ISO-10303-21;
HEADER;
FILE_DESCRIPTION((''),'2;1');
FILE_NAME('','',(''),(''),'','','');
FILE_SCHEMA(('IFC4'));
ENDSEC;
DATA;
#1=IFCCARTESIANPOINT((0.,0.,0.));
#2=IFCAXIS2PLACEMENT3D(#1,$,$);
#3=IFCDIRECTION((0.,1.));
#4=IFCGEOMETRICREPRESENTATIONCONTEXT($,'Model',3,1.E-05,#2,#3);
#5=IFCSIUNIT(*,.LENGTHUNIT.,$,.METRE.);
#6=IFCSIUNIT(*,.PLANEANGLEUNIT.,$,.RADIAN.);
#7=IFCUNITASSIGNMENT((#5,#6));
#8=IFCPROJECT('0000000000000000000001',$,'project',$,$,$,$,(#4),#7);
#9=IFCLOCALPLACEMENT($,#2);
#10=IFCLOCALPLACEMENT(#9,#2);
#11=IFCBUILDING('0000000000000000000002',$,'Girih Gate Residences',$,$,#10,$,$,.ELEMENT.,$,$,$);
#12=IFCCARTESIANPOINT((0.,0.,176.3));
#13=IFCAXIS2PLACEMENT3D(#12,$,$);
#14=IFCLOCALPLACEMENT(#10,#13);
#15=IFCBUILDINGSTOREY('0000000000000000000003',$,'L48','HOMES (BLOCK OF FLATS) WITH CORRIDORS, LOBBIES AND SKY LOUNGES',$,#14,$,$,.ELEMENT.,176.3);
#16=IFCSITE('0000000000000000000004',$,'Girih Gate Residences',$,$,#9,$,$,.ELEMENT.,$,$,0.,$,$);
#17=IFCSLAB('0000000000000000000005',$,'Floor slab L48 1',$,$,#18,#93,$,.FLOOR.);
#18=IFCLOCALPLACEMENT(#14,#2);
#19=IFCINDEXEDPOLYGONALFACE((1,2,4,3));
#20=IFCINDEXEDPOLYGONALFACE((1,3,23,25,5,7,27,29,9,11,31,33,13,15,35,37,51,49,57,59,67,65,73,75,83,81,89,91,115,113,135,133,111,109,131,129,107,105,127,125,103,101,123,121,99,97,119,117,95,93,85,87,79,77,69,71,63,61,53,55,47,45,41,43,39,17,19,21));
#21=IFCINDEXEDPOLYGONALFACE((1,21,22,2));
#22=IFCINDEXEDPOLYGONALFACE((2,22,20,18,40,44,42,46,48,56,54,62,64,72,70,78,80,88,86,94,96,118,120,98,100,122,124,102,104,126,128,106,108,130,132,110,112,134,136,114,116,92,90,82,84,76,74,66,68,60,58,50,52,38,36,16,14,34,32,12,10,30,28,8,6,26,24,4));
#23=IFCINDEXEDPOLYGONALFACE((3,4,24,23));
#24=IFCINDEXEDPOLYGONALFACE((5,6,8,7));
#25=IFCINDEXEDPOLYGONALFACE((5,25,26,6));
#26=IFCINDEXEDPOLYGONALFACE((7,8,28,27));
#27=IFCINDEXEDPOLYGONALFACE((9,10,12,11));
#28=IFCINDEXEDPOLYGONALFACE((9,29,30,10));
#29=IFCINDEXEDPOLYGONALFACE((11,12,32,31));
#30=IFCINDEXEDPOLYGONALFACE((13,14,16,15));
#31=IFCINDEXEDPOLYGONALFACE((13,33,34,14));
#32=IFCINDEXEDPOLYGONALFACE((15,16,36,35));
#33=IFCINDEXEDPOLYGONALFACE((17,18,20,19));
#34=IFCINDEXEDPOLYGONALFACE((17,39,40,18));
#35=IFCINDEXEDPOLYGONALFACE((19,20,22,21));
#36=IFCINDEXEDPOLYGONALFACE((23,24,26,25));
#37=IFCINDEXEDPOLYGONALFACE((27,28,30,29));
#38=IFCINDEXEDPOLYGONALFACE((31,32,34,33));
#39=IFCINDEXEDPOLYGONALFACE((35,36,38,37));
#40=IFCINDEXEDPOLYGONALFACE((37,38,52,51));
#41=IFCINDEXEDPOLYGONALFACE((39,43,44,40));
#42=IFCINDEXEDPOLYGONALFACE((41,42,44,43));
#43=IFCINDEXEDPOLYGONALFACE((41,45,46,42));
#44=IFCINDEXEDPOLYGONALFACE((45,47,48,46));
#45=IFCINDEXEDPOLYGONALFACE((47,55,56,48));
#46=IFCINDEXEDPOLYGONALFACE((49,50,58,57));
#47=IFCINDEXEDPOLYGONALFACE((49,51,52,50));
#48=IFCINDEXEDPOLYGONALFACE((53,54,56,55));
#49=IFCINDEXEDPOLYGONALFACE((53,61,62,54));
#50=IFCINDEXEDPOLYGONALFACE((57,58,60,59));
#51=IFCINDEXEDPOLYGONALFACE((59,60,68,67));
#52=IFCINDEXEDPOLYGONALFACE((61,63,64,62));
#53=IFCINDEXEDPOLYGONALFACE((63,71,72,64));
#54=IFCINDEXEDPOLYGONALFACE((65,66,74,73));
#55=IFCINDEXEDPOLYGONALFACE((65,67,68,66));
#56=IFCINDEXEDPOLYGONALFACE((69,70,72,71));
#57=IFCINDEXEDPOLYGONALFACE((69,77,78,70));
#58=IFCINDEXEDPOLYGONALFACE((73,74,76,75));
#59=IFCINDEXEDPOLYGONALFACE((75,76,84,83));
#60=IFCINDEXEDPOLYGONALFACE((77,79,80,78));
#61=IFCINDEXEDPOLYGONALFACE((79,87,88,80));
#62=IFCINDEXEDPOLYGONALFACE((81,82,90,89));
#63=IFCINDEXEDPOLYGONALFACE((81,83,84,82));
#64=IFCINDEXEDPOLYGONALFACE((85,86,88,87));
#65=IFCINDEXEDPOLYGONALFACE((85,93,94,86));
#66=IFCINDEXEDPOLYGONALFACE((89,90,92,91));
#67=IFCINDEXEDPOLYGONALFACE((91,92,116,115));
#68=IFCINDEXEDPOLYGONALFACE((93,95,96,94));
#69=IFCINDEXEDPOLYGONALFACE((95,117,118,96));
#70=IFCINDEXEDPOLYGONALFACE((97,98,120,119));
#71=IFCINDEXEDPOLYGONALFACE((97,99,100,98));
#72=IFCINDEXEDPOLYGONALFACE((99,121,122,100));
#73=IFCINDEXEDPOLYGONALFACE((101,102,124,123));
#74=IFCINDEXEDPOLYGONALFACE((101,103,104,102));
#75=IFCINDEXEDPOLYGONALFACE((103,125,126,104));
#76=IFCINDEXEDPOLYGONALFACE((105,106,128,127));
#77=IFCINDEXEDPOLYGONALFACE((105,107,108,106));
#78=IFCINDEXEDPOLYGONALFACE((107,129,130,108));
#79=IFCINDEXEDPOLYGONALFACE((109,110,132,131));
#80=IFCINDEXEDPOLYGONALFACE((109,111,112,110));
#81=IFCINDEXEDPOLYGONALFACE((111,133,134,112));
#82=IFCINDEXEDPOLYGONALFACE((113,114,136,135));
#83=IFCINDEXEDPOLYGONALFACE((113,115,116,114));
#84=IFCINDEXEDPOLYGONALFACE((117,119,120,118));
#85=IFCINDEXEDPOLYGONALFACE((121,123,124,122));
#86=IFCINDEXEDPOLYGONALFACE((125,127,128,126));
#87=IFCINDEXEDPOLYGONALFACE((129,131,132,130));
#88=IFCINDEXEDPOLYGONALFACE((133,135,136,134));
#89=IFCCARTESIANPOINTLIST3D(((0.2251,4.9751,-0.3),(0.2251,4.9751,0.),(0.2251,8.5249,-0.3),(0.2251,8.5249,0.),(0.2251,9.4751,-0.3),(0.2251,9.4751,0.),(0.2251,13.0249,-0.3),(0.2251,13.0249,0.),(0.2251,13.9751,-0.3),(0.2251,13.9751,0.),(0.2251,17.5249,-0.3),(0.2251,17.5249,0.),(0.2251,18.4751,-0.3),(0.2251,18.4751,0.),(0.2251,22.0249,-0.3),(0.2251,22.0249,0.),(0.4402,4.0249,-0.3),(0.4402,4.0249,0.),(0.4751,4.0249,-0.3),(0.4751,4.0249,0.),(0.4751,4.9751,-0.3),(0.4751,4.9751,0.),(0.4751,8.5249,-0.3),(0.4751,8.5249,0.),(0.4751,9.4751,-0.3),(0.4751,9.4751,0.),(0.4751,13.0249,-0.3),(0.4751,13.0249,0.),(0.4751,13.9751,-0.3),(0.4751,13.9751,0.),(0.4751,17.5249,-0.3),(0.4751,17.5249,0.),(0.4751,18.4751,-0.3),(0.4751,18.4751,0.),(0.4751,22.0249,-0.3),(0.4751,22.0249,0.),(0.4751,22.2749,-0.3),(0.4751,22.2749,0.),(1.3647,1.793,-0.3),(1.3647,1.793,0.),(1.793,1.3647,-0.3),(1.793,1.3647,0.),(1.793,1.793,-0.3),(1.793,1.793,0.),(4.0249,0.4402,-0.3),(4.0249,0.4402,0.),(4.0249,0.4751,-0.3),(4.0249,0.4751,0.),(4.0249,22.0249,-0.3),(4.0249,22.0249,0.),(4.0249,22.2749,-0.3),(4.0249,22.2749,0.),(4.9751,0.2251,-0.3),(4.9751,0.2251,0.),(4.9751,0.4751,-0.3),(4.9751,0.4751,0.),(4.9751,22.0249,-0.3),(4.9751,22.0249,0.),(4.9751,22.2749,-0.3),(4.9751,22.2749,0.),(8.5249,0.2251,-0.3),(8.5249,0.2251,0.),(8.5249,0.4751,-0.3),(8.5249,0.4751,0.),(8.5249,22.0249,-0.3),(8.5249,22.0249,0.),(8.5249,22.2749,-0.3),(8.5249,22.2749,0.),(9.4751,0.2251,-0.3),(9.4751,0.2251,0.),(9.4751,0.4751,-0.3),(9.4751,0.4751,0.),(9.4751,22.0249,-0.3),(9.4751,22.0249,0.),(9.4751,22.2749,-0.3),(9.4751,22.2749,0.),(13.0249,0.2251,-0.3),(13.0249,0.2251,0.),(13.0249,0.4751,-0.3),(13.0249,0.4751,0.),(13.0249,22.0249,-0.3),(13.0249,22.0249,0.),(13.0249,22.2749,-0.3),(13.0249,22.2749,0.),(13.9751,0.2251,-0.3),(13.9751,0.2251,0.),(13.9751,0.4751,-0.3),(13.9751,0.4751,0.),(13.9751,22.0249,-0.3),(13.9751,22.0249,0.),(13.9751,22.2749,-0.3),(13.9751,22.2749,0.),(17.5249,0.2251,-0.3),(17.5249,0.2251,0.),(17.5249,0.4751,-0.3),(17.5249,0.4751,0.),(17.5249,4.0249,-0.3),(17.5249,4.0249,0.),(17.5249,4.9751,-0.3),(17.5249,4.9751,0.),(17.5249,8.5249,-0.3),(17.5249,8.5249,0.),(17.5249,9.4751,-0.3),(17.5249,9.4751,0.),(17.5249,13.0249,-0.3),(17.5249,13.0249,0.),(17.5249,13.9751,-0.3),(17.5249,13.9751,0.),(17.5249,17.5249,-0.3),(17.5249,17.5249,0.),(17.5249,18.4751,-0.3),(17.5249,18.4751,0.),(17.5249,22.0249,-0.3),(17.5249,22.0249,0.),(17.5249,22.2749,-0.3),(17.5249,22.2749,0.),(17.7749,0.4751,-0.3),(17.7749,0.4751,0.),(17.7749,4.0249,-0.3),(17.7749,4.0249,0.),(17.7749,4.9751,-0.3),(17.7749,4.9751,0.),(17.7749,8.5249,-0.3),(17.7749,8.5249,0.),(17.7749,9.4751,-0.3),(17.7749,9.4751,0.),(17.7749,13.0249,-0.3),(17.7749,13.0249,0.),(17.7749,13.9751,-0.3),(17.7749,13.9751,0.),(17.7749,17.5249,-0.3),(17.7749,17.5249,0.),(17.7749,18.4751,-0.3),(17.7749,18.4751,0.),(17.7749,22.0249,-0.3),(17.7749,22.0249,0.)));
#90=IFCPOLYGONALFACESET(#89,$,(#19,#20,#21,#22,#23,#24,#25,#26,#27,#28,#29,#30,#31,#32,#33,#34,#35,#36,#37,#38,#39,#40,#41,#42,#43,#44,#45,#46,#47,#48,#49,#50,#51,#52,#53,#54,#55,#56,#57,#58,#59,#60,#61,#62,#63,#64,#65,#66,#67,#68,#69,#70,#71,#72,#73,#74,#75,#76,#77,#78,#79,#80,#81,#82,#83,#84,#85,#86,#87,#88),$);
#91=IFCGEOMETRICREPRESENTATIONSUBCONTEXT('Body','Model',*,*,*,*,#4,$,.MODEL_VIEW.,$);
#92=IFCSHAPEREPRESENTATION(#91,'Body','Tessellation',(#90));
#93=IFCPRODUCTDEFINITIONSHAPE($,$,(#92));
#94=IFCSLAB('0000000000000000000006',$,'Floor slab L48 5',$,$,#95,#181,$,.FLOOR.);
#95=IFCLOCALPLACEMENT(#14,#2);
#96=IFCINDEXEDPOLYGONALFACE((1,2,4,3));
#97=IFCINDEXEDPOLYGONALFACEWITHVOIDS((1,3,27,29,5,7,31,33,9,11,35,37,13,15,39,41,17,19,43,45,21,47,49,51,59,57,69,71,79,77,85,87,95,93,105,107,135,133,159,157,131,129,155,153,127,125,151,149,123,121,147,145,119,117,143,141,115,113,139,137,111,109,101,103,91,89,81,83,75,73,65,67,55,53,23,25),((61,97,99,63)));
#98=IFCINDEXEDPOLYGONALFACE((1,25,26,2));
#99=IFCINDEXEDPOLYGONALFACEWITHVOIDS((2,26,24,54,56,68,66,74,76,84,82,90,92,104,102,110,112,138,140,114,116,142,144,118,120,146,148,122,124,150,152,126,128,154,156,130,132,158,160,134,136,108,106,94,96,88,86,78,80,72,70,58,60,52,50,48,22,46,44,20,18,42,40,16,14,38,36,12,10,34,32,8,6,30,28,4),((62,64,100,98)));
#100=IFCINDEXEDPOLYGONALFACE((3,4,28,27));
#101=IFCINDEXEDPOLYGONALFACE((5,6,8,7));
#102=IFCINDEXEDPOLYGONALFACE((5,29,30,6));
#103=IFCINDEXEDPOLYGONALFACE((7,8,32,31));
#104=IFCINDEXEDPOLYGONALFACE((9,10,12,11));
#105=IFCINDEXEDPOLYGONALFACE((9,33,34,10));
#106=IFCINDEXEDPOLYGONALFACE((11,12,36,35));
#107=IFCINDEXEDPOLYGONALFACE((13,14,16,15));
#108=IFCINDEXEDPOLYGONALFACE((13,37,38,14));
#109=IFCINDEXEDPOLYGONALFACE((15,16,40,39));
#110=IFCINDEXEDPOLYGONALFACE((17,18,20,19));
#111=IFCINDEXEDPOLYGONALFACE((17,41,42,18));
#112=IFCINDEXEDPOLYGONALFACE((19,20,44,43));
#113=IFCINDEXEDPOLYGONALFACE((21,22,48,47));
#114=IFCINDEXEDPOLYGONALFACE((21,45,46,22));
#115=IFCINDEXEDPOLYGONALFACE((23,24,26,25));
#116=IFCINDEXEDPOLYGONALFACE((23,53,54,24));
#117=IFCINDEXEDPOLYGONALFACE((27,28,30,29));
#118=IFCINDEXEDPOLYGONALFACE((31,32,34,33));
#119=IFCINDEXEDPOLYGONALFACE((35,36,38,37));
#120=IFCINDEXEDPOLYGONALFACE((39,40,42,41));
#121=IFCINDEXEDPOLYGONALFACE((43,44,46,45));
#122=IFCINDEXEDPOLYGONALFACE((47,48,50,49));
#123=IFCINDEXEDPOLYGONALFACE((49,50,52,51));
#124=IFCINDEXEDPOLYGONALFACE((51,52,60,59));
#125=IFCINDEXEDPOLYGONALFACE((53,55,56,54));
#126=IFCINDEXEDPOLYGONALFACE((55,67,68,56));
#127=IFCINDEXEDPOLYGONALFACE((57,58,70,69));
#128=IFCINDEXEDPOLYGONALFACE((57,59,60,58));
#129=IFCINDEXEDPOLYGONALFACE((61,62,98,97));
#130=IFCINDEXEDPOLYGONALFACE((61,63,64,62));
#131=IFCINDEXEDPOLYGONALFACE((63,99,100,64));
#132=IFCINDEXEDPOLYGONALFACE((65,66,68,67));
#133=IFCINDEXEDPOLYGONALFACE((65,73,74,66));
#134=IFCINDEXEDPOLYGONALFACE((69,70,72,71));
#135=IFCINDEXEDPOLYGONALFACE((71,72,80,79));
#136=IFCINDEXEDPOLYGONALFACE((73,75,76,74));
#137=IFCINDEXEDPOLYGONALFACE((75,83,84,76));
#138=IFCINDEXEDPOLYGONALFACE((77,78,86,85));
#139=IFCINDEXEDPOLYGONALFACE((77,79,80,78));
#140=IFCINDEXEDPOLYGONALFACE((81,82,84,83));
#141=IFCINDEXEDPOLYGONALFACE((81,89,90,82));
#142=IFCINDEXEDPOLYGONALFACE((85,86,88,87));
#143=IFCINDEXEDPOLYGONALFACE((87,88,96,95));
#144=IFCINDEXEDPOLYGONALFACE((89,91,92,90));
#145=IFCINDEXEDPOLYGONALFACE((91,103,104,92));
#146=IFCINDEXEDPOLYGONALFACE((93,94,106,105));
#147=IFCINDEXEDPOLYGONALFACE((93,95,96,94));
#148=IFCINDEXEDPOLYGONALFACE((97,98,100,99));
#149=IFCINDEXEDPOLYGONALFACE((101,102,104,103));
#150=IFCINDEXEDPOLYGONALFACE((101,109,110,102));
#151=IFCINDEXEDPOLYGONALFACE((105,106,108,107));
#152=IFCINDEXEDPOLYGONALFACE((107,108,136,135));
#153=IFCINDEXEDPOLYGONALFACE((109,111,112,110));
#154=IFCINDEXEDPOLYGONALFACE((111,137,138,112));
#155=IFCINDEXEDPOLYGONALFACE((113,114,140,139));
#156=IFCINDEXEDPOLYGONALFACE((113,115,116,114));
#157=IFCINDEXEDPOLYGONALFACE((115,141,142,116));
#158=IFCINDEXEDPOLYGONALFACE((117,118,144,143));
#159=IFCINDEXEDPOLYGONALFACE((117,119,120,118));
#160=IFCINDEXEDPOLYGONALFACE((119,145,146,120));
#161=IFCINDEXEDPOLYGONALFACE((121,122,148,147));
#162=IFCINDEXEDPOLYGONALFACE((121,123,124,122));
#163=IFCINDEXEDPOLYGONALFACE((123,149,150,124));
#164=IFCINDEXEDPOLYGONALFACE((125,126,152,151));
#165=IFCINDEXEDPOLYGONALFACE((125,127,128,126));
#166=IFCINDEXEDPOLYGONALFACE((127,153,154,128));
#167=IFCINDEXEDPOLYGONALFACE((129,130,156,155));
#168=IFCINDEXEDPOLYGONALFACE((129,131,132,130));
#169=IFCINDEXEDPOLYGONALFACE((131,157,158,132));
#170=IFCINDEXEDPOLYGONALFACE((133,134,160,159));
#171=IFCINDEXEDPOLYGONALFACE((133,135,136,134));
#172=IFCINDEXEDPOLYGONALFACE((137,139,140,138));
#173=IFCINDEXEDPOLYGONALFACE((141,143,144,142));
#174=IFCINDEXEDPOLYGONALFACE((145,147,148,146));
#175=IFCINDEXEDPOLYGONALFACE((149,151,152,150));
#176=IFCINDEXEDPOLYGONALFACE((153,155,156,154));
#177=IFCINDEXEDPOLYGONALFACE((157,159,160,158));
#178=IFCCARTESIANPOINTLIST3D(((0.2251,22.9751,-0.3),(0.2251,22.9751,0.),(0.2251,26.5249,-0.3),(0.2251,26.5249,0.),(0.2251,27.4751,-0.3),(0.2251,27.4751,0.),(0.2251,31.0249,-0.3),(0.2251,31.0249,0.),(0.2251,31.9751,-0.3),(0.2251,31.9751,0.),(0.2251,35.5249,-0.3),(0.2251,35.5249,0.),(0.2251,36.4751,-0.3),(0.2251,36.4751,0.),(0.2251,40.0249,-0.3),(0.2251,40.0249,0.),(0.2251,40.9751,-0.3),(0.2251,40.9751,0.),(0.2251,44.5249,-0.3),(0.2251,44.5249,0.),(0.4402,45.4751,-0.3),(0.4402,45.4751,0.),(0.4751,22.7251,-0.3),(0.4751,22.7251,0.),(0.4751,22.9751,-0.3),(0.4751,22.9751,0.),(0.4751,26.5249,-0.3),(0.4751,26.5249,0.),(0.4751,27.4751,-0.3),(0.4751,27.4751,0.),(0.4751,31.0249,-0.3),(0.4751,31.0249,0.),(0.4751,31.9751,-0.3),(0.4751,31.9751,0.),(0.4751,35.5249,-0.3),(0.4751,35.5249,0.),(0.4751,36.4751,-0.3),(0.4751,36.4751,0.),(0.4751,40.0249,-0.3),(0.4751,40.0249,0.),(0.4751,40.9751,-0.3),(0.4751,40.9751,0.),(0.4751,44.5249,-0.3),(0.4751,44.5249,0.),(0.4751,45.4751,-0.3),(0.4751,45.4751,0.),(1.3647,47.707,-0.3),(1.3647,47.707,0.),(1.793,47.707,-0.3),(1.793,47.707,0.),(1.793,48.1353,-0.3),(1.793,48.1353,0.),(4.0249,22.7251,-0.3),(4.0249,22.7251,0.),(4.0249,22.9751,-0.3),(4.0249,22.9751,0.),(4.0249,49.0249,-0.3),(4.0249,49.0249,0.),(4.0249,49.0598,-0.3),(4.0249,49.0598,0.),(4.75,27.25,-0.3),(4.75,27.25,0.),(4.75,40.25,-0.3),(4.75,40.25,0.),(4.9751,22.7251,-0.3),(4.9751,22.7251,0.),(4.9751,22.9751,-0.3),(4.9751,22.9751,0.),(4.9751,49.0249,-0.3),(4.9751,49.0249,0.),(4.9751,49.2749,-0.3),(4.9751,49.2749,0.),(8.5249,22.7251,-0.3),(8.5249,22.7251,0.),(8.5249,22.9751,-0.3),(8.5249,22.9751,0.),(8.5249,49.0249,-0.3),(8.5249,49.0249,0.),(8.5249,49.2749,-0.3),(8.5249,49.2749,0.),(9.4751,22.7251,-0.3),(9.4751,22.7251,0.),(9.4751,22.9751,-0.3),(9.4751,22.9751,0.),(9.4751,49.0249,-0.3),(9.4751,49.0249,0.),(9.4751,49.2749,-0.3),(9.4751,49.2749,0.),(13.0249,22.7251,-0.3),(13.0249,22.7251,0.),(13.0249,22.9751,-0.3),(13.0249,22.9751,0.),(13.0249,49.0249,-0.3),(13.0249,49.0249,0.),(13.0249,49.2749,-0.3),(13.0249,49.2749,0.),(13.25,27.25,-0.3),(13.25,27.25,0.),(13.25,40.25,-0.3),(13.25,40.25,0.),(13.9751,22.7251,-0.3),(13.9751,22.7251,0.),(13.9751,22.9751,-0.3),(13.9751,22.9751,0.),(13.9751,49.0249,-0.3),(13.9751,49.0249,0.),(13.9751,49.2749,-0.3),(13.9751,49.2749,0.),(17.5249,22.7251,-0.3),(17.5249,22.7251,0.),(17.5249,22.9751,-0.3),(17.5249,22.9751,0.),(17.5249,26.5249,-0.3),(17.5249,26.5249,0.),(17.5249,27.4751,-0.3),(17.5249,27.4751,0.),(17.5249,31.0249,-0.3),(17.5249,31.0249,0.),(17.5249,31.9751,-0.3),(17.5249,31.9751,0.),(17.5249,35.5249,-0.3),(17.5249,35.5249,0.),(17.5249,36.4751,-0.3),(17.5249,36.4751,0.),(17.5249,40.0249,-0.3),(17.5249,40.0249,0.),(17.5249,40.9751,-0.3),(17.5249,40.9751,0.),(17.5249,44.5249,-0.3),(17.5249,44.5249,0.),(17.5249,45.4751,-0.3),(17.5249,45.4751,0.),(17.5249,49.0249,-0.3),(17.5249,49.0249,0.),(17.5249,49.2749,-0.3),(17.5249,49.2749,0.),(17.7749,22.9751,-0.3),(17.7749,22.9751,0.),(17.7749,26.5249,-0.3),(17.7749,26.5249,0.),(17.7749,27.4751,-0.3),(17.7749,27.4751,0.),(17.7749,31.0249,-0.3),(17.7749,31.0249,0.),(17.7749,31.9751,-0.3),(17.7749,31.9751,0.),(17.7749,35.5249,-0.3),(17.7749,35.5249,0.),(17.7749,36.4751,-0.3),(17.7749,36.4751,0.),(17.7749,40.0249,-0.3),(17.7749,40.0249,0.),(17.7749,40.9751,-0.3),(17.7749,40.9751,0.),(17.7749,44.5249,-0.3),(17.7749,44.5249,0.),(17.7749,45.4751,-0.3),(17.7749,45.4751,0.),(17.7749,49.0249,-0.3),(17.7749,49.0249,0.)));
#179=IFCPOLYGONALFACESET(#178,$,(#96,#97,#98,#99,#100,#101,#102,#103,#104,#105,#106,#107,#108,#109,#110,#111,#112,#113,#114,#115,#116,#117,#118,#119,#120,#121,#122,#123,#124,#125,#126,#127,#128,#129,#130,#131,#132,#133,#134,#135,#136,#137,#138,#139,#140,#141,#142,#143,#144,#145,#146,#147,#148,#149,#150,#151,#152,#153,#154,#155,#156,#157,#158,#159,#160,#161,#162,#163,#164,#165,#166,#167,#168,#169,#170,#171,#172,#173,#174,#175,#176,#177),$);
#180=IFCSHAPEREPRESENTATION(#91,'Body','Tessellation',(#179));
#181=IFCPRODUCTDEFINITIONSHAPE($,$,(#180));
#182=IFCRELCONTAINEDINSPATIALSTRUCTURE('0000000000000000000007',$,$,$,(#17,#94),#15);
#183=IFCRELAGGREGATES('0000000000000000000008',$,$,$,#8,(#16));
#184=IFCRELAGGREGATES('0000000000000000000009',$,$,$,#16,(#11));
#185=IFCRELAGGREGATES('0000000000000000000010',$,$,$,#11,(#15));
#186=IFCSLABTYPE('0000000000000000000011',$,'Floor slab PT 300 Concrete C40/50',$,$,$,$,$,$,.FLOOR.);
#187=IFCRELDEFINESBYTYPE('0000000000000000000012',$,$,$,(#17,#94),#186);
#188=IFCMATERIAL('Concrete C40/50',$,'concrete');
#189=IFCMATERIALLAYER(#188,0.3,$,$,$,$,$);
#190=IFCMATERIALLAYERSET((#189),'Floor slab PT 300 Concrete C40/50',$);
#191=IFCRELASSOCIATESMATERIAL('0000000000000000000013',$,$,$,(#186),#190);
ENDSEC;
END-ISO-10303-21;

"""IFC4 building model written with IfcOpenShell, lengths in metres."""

from ifc_helpers import new_model, si_unit, direction, frame, origin, place, context, subcontext, project, spatial, polyline, outline, extrude, material, layer, layer_set, type_object, element, save


model = new_model("IFC4")

# Units and contexts
model_context = context("Model", 3, precision=1e-05, world=origin(), true_north=direction((0.0, 1.0)))
body_context = subcontext(model_context, "Body", "Model", "MODEL_VIEW")
ifc_project = project(units=[si_unit("LENGTHUNIT", "METRE"), si_unit("PLANEANGLEUNIT", "RADIAN")], contexts=[model_context])

# Site, building, storey
site_placement = place(None, origin())
site = spatial("IfcSite", under=ifc_project, at=site_placement, Name="Girih Gate Residences", CompositionType="ELEMENT", RefElevation=0.0)
building_placement = place(site_placement, origin())
building = spatial("IfcBuilding", under=site, at=building_placement, Name="Girih Gate Residences", CompositionType="ELEMENT")
storey_placement = place(building_placement, frame((0.0, 0.0, 176.3)))
storey = spatial("IfcBuildingStorey", under=building, at=storey_placement, Name="L48", Description="HOMES (BLOCK OF FLATS) WITH CORRIDORS, LOBBIES AND SKY LOUNGES", CompositionType="ELEMENT", Elevation=176.3)

# Slabs
ifc_material_1 = material(Name="Concrete C40/50", Category="concrete")
ifc_layer_1 = layer(ifc_material_1, 0.3)
ifc_layer_set_1 = layer_set([ifc_layer_1], Name="Floor slab PT 300 Concrete C40/50")
slab_type_1 = type_object("IfcSlabType", Name="Floor slab PT 300 Concrete C40/50", PredefinedType="FLOOR", material=ifc_layer_set_1)
slab_1_placement = place(storey_placement, frame((0.0, 0.0, -0.3)))
element("IfcSlab", 1, at=slab_1_placement, inside=storey, type_object=slab_type_1, Name="Floor slab L48 1", PredefinedType="FLOOR", context=body_context, shape_type="SweptSolid", body=[
    extrude(outline(polyline([(13.9751, 0.2251), (17.5249, 0.2251), (17.5249, 0.4751), (17.7749, 0.4751), (17.7749, 4.0249), (17.5249, 4.0249), (17.5249, 4.9751), (17.7749, 4.9751), (17.7749, 8.5249), (17.5249, 8.5249), (17.5249, 9.4751), (17.7749, 9.4751), (17.7749, 13.0249), (17.5249, 13.0249), (17.5249, 13.9751), (17.7749, 13.9751), (17.7749, 17.5249), (17.5249, 17.5249), (17.5249, 18.4751), (17.7749, 18.4751), (17.7749, 22.0249), (17.5249, 22.0249), (17.5249, 22.2749), (13.9751, 22.2749), (13.9751, 22.0249), (13.0249, 22.0249), (13.0249, 22.2749), (9.4751, 22.2749), (9.4751, 22.0249), (8.5249, 22.0249), (8.5249, 22.2749), (4.9751, 22.2749), (4.9751, 22.0249), (4.0249, 22.0249), (4.0249, 22.2749), (0.4751, 22.2749), (0.4751, 22.0249), (0.2251, 22.0249), (0.2251, 18.4751), (0.4751, 18.4751), (0.4751, 17.5249), (0.2251, 17.5249), (0.2251, 13.9751), (0.4751, 13.9751), (0.4751, 13.0249), (0.2251, 13.0249), (0.2251, 9.4751), (0.4751, 9.4751), (0.4751, 8.5249), (0.2251, 8.5249), (0.2251, 4.9751), (0.4751, 4.9751), (0.4751, 4.0249), (0.4402, 4.0249), (1.3647, 1.793), (1.793, 1.793), (1.793, 1.3647), (4.0249, 0.4402), (4.0249, 0.4751), (4.9751, 0.4751), (4.9751, 0.2251), (8.5249, 0.2251), (8.5249, 0.4751), (9.4751, 0.4751), (9.4751, 0.2251), (13.0249, 0.2251), (13.0249, 0.4751), (13.9751, 0.4751), (13.9751, 0.2251)])), origin(), (0.0, 0.0, 1.0), 0.3),
])
slab_2_placement = place(storey_placement, frame((0.0, 0.0, -0.3)))
element("IfcSlab", 2, at=slab_2_placement, inside=storey, type_object=slab_type_1, Name="Floor slab L48 5", PredefinedType="FLOOR", context=body_context, shape_type="SweptSolid", body=[
    extrude(outline(polyline([(0.2251, 26.5249), (0.2251, 22.9751), (0.4751, 22.9751), (0.4751, 22.7251), (4.0249, 22.7251), (4.0249, 22.9751), (4.9751, 22.9751), (4.9751, 22.7251), (8.5249, 22.7251), (8.5249, 22.9751), (9.4751, 22.9751), (9.4751, 22.7251), (13.0249, 22.7251), (13.0249, 22.9751), (13.9751, 22.9751), (13.9751, 22.7251), (17.5249, 22.7251), (17.5249, 22.9751), (17.7749, 22.9751), (17.7749, 26.5249), (17.5249, 26.5249), (17.5249, 27.4751), (17.7749, 27.4751), (17.7749, 31.0249), (17.5249, 31.0249), (17.5249, 31.9751), (17.7749, 31.9751), (17.7749, 35.5249), (17.5249, 35.5249), (17.5249, 36.4751), (17.7749, 36.4751), (17.7749, 40.0249), (17.5249, 40.0249), (17.5249, 40.9751), (17.7749, 40.9751), (17.7749, 44.5249), (17.5249, 44.5249), (17.5249, 45.4751), (17.7749, 45.4751), (17.7749, 49.0249), (17.5249, 49.0249), (17.5249, 49.2749), (13.9751, 49.2749), (13.9751, 49.0249), (13.0249, 49.0249), (13.0249, 49.2749), (9.4751, 49.2749), (9.4751, 49.0249), (8.5249, 49.0249), (8.5249, 49.2749), (4.9751, 49.2749), (4.9751, 49.0249), (4.0249, 49.0249), (4.0249, 49.0598), (1.793, 48.1353), (1.793, 47.707), (1.3647, 47.707), (0.4402, 45.4751), (0.4751, 45.4751), (0.4751, 44.5249), (0.2251, 44.5249), (0.2251, 40.9751), (0.4751, 40.9751), (0.4751, 40.0249), (0.2251, 40.0249), (0.2251, 36.4751), (0.4751, 36.4751), (0.4751, 35.5249), (0.2251, 35.5249), (0.2251, 31.9751), (0.4751, 31.9751), (0.4751, 31.0249), (0.2251, 31.0249), (0.2251, 27.4751), (0.4751, 27.4751), (0.4751, 26.5249), (0.2251, 26.5249)]), holes=[polyline([(13.25, 27.25), (4.75, 27.25), (4.75, 40.25), (13.25, 40.25), (13.25, 27.25)])]), origin(), (0.0, 0.0, 1.0), 0.3),
])

save(model, "model.ifc")
